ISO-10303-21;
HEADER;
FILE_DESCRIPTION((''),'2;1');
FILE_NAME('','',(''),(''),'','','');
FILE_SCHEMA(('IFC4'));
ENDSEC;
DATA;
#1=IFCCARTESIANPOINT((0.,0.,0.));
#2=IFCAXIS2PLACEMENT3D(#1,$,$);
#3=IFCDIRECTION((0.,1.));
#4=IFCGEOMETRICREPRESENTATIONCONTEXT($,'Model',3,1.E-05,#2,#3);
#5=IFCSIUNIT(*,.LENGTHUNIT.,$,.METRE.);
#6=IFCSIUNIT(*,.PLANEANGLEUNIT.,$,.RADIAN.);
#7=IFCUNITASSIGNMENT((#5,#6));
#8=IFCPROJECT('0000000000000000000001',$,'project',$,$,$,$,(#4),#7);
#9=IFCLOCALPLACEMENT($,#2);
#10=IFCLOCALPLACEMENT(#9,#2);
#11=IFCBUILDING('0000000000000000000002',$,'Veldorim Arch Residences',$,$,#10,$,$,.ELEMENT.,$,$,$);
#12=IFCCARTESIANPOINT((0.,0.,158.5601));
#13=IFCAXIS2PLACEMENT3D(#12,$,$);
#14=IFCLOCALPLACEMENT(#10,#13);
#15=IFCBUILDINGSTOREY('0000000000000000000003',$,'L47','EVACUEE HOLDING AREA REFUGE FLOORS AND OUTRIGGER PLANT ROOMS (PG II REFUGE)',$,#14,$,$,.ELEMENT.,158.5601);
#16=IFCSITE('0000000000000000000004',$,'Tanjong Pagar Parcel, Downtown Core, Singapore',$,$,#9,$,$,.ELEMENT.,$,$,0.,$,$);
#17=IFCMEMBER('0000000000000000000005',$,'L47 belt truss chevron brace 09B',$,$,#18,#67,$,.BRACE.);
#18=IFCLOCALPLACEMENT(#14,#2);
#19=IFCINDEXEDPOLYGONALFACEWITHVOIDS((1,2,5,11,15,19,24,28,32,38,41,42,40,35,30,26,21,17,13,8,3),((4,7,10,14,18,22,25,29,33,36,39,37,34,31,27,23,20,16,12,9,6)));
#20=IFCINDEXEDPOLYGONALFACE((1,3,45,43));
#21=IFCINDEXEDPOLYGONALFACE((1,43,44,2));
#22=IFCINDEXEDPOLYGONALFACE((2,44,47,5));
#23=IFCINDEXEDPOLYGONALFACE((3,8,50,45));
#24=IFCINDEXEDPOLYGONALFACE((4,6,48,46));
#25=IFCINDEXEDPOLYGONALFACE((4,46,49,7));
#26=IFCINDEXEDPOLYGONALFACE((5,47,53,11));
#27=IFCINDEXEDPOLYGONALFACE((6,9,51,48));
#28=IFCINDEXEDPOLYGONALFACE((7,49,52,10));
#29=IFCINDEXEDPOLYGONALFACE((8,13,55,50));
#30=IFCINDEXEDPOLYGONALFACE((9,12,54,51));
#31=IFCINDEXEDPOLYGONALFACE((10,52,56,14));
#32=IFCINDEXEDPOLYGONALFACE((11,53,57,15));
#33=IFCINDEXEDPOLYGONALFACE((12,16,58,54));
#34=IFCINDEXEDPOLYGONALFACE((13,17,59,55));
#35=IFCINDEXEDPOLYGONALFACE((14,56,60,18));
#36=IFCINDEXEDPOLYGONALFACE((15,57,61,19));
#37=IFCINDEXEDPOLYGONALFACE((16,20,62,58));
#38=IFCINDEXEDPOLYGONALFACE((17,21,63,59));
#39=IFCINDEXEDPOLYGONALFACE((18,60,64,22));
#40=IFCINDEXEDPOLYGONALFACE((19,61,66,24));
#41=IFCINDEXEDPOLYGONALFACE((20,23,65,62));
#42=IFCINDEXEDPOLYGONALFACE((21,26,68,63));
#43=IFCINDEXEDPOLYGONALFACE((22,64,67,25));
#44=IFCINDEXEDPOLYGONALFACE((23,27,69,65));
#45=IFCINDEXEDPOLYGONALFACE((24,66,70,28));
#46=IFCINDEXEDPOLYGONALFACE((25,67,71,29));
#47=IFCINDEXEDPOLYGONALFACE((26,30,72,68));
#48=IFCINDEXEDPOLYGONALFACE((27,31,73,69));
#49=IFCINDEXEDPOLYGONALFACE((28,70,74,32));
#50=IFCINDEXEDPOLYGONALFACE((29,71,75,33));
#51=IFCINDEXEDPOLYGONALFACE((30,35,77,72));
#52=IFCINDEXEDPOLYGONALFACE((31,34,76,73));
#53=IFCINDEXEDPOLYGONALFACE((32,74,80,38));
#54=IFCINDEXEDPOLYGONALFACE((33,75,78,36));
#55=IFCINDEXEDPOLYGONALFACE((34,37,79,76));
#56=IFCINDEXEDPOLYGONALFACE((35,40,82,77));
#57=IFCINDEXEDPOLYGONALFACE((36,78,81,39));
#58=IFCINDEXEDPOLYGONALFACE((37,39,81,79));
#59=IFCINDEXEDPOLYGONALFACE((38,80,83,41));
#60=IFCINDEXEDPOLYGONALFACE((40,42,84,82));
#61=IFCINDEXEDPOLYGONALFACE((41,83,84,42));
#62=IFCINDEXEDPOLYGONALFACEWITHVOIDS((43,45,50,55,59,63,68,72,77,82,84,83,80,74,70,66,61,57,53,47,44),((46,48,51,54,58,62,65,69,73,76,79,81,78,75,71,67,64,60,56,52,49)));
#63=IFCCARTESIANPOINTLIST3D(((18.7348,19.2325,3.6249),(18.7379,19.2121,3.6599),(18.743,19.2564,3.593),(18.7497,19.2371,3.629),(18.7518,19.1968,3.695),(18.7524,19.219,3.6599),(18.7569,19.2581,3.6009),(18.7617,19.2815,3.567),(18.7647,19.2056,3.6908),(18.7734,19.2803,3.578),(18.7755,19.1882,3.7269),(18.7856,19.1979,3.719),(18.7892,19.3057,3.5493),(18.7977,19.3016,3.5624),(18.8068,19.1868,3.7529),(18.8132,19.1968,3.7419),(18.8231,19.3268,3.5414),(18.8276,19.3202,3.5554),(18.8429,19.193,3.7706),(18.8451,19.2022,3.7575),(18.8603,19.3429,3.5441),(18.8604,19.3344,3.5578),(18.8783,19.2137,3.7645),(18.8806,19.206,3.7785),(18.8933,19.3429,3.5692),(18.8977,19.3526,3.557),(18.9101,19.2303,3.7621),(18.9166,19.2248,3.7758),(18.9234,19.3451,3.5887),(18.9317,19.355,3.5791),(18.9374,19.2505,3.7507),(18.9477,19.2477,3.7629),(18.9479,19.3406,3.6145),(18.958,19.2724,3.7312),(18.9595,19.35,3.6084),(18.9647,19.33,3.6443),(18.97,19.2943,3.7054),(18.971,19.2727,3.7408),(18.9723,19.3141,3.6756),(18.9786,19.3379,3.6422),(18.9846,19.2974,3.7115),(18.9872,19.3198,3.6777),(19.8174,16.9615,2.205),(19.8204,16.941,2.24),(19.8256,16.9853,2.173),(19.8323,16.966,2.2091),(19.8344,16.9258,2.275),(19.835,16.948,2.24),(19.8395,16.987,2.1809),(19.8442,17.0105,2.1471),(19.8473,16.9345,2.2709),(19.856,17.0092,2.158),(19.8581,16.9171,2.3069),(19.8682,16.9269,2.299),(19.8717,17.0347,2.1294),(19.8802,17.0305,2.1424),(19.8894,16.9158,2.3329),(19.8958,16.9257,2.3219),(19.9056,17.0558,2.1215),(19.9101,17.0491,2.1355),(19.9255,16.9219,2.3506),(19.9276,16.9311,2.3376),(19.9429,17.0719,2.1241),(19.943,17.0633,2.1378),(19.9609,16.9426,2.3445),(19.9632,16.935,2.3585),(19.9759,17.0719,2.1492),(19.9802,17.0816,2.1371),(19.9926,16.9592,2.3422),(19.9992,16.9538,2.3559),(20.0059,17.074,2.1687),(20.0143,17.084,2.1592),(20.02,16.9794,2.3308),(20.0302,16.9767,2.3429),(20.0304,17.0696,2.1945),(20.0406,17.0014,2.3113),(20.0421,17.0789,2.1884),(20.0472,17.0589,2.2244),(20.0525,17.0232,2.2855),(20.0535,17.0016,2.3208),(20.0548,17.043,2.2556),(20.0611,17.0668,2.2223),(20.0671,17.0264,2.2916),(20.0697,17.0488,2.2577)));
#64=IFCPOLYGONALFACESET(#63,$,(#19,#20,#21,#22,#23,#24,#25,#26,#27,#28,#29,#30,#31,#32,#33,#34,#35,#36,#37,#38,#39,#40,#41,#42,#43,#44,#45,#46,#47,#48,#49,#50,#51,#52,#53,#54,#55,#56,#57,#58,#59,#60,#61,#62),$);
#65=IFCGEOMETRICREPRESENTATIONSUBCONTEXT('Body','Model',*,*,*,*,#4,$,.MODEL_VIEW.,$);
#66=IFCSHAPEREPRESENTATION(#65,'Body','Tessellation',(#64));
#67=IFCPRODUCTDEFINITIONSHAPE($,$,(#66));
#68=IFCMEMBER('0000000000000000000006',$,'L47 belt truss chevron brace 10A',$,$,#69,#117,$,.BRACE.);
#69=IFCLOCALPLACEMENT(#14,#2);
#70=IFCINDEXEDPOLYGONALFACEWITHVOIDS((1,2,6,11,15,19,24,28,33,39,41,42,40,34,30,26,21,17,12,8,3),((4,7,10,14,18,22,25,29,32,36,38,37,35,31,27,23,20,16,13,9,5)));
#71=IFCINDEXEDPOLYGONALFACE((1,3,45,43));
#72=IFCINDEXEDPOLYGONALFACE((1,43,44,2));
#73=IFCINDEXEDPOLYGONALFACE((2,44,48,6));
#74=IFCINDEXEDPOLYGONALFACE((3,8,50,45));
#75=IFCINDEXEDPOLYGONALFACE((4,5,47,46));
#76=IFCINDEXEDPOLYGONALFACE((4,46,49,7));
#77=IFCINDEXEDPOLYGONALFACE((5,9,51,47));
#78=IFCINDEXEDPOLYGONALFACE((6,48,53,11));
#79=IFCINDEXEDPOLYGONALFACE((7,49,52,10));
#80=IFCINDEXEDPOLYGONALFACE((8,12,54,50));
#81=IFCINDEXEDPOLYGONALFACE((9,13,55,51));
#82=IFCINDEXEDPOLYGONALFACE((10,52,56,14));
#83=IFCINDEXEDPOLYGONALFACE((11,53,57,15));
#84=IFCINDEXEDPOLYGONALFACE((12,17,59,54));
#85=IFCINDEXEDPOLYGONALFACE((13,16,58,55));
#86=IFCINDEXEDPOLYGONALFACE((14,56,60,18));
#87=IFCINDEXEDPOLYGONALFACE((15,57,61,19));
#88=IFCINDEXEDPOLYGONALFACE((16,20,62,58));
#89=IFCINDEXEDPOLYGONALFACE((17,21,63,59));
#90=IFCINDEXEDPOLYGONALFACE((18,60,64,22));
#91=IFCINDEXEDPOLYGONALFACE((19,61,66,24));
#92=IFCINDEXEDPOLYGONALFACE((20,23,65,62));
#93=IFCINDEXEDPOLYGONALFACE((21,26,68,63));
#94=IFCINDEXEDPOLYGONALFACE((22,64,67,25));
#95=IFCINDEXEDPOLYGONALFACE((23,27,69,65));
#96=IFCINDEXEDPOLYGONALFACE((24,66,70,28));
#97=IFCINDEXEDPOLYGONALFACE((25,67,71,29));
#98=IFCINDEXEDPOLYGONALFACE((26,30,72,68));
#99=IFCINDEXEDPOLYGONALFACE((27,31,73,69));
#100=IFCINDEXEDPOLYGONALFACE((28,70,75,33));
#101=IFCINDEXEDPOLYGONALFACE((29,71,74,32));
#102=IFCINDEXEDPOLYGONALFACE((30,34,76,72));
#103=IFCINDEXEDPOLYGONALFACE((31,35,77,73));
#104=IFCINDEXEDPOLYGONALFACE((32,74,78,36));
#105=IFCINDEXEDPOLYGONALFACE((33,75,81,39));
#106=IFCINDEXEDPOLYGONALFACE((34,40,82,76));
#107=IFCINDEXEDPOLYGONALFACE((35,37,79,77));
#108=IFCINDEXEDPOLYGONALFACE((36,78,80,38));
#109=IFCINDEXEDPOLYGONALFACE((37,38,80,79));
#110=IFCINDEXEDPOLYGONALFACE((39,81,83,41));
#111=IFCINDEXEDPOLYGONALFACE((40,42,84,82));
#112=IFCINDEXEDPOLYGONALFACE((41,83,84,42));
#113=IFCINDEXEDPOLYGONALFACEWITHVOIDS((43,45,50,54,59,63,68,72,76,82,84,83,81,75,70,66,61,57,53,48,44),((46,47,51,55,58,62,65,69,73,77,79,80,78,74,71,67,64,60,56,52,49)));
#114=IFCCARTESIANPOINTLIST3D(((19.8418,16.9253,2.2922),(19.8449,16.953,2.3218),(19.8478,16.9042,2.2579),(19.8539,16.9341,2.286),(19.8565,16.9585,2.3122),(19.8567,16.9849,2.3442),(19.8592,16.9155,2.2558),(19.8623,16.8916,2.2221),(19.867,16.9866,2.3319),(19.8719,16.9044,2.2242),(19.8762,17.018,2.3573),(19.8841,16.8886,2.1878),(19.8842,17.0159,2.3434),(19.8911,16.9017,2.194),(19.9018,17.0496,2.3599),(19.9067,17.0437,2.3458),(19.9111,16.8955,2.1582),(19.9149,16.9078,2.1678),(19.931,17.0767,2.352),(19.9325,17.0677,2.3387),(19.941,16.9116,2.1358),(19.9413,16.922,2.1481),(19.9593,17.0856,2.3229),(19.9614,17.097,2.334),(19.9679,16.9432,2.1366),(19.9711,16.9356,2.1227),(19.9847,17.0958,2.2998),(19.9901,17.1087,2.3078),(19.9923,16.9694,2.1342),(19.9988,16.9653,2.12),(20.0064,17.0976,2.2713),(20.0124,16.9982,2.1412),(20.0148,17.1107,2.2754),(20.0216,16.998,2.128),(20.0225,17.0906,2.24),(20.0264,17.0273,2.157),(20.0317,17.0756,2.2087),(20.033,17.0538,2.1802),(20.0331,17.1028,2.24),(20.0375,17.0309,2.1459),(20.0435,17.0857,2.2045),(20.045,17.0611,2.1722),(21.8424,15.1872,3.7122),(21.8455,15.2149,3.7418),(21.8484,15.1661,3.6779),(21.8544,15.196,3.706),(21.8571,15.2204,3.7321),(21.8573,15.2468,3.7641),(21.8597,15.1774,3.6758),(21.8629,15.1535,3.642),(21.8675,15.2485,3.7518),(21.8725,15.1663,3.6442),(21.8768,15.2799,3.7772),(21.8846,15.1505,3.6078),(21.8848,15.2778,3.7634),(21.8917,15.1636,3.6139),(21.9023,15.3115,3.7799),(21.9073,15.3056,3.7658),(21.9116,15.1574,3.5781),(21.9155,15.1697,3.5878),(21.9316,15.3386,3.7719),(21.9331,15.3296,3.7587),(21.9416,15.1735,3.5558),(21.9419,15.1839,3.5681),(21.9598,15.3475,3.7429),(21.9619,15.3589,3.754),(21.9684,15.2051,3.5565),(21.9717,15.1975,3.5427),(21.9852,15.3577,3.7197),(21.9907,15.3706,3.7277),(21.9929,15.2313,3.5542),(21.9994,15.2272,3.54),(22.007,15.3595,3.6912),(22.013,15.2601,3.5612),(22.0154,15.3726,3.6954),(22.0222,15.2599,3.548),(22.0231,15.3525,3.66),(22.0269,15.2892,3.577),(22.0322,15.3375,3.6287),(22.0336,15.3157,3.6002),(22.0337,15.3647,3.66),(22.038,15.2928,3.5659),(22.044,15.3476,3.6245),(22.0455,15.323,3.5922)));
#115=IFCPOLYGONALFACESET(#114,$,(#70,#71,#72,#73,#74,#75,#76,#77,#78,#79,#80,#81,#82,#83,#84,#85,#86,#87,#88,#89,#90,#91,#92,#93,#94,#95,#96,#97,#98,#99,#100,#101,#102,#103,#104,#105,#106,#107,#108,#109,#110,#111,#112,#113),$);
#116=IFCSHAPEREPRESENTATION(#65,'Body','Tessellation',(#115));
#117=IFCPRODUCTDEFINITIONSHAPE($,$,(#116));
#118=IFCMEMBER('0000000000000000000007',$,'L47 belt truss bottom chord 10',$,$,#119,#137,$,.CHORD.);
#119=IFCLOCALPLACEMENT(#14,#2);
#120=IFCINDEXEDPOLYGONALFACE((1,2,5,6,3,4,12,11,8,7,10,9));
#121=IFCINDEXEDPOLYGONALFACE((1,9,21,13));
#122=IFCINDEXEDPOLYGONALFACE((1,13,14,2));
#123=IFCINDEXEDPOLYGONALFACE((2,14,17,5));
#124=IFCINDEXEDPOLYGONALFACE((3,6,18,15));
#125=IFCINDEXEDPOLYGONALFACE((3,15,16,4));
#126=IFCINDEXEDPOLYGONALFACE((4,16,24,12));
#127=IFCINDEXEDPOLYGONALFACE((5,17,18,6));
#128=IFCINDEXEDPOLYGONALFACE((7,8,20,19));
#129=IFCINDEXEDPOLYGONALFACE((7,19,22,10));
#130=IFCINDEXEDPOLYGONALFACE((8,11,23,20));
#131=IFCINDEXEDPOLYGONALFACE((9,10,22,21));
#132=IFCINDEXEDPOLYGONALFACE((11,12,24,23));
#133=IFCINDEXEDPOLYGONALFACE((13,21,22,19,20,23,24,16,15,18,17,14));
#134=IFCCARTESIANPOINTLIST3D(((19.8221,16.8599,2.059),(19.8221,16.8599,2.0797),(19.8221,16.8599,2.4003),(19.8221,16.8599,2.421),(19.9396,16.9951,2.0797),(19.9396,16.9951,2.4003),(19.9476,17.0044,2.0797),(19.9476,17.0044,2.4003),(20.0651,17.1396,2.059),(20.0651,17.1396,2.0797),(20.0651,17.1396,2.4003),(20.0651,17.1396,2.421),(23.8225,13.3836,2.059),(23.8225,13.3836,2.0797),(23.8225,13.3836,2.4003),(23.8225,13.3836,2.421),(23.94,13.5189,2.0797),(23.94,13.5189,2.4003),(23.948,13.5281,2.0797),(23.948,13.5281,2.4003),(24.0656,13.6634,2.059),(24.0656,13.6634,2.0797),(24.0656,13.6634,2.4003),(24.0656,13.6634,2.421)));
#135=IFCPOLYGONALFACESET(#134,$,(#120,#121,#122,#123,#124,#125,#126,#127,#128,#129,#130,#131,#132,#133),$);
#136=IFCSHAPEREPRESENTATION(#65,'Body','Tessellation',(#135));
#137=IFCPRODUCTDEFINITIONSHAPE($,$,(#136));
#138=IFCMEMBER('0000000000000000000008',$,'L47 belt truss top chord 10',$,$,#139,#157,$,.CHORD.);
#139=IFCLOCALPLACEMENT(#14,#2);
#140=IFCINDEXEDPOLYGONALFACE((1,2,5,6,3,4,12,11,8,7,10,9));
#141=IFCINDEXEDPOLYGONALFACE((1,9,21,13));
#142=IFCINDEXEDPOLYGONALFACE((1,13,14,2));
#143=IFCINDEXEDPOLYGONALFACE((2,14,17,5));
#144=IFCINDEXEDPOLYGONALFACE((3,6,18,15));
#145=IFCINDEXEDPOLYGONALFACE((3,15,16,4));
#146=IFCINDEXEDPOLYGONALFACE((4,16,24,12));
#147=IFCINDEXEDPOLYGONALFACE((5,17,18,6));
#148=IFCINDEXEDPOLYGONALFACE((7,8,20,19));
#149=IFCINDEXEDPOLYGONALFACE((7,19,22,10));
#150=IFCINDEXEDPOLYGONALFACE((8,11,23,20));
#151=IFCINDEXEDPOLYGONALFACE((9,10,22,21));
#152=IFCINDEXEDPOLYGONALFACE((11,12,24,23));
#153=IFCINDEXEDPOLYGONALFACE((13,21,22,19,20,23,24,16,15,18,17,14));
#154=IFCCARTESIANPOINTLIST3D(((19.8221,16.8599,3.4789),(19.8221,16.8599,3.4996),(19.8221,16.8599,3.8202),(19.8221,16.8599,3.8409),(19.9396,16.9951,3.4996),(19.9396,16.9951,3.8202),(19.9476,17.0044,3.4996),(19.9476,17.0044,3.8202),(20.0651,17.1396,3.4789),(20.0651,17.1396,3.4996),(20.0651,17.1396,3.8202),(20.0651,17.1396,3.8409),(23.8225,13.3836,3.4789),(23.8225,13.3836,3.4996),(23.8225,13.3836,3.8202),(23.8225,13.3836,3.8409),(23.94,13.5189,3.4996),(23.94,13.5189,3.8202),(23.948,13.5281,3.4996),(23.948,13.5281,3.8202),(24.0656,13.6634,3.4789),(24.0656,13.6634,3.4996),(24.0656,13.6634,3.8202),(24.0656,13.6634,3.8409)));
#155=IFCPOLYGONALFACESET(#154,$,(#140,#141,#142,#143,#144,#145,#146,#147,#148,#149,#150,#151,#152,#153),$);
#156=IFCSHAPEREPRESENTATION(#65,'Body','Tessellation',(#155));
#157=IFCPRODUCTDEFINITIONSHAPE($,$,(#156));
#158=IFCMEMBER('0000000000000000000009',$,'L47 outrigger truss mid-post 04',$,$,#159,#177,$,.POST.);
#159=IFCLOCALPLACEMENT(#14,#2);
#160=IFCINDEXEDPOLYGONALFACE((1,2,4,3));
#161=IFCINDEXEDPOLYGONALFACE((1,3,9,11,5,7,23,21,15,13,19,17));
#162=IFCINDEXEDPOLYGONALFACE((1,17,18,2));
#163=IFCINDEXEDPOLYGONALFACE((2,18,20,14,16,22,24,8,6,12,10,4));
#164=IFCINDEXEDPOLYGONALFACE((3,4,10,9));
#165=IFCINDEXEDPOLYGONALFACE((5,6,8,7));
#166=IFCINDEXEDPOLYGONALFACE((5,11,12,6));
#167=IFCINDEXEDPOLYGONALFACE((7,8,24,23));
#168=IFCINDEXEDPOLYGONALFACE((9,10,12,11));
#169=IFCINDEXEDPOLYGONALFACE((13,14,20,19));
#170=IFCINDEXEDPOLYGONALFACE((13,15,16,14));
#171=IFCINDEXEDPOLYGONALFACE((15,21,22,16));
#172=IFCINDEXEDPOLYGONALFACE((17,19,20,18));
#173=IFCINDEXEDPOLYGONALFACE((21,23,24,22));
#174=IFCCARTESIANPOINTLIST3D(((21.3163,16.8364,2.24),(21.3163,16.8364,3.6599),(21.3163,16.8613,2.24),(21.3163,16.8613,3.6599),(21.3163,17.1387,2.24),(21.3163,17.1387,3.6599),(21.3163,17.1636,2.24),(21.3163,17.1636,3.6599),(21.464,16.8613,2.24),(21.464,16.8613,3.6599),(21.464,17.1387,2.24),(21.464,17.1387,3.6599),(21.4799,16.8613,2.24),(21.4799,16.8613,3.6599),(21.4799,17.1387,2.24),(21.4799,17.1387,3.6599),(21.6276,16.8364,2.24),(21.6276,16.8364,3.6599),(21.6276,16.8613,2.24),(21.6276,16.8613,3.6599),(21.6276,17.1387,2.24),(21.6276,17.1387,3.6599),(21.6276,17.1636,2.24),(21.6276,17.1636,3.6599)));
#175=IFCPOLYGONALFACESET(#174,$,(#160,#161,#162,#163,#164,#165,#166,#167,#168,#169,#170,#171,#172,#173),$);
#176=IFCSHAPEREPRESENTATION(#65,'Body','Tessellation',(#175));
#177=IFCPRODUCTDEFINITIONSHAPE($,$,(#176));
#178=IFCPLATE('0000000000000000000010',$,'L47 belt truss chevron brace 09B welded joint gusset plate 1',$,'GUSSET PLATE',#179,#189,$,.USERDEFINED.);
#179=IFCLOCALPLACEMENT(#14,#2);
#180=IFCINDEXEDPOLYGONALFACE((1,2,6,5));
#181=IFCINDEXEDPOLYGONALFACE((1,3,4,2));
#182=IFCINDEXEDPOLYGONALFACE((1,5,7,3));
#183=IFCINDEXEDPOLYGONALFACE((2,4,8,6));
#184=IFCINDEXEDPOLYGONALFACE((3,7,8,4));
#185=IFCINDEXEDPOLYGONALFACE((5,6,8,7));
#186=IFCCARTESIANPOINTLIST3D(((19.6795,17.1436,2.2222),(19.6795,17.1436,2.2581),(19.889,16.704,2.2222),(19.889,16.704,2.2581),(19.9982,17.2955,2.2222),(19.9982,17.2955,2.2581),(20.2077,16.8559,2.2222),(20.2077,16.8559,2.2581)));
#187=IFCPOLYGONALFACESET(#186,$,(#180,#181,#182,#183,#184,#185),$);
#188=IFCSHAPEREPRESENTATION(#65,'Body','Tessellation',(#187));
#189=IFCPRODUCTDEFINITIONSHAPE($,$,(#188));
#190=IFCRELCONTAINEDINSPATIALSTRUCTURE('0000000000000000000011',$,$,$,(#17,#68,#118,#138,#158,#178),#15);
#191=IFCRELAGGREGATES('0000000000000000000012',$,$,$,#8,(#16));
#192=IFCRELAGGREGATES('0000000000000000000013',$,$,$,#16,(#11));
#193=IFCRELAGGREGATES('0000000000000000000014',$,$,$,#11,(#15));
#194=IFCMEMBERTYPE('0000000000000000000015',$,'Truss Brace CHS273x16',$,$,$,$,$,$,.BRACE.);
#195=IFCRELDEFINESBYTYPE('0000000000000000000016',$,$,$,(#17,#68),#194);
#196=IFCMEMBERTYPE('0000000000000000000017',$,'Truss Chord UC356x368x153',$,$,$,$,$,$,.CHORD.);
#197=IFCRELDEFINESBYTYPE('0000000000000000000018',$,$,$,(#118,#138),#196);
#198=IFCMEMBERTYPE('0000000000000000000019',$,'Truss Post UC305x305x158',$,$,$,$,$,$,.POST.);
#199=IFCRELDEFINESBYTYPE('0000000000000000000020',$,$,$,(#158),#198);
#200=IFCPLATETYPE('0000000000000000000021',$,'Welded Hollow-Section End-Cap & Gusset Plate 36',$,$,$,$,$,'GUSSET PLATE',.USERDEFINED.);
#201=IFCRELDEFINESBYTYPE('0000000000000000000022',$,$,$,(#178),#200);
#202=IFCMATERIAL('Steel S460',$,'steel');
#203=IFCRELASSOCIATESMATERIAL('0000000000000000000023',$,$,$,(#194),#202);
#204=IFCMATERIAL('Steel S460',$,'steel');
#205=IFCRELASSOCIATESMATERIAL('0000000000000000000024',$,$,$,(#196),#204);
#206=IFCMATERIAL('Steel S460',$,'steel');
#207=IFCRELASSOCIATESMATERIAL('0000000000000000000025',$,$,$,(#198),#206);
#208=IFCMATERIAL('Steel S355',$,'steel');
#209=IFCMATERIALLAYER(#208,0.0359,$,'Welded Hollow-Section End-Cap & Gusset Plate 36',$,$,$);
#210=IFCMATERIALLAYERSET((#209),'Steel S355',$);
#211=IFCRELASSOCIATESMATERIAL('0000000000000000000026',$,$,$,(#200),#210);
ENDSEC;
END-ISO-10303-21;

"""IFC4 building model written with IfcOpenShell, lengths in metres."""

from ifc_helpers import new_model, si_unit, direction, frame, origin, origin_2d, place, context, subcontext, project, spatial, rectangle, hollow_circle, i_section, extrude, material, layer, layer_set, material_profile, profile_set, type_object, element, save


model = new_model("IFC4")

# Units and contexts
model_context = context("Model", 3, precision=1e-05, world=origin(), true_north=direction((0.0, 1.0)))
body_context = subcontext(model_context, "Body", "Model", "MODEL_VIEW")
ifc_project = project(units=[si_unit("LENGTHUNIT", "METRE"), si_unit("PLANEANGLEUNIT", "RADIAN")], contexts=[model_context])

# Site, building, storey
site_placement = place(None, origin())
site = spatial("IfcSite", under=ifc_project, at=site_placement, Name="Tanjong Pagar Parcel, Downtown Core, Singapore", CompositionType="ELEMENT", RefElevation=0.0)
building_placement = place(site_placement, origin())
building = spatial("IfcBuilding", under=site, at=building_placement, Name="Veldorim Arch Residences", CompositionType="ELEMENT")
storey_placement = place(building_placement, frame((0.0, 0.0, 158.5601)))
storey = spatial("IfcBuildingStorey", under=building, at=storey_placement, Name="L47", Description="EVACUEE HOLDING AREA REFUGE FLOORS AND OUTRIGGER PLANT ROOMS (PG II REFUGE)", CompositionType="ELEMENT", Elevation=158.5601)

# Members
ifc_material_1 = material(Name="Steel S460", Category="steel")
ifc_material_profile_1 = material_profile(ifc_material_1, hollow_circle(Radius=0.1365, WallThickness=0.0161, at=origin_2d()), Name="CHS273x16")
ifc_profile_set_1 = profile_set([ifc_material_profile_1], Name="Steel S460")
member_type_1 = type_object("IfcMemberType", Name="Truss Brace CHS273x16", PredefinedType="BRACE", material=ifc_profile_set_1)
member_1_placement = place(storey_placement, frame((19.9436, 16.9998, 2.24), z_axis=(-0.374723, 0.786125, 0.491518), x_axis=(-0.902692, -0.430288, 0.0)))
element("IfcMember", 1, at=member_1_placement, inside=storey, type_object=member_type_1, Name="L47 belt truss chevron brace 09B", PredefinedType="BRACE", context=body_context, shape_type="SweptSolid", body=[
    extrude(hollow_circle(Radius=0.1365, WallThickness=0.0161, at=origin_2d()), origin(), (0.0, 0.0, 1.0), 2.8889),
])
member_2_placement = place(storey_placement, frame((19.9436, 16.9998, 2.24), z_axis=(0.665393, -0.578098, 0.472288), x_axis=(0.655852, 0.754889, 0.0)))
element("IfcMember", 2, at=member_2_placement, inside=storey, type_object=member_type_1, Name="L47 belt truss chevron brace 10A", PredefinedType="BRACE", context=body_context, shape_type="SweptSolid", body=[
    extrude(hollow_circle(Radius=0.1365, WallThickness=0.0161, at=origin_2d()), origin(), (0.0, 0.0, 1.0), 3.0066),
])
ifc_material_2 = material(Name="Steel S460", Category="steel")
ifc_material_profile_2 = material_profile(ifc_material_2, i_section(OverallWidth=0.3706, OverallDepth=0.3621, WebThickness=0.0122, FlangeThickness=0.0208, at=origin_2d()), Name="UC356x368x153")
ifc_profile_set_2 = profile_set([ifc_material_profile_2], Name="Steel S460")
member_type_2 = type_object("IfcMemberType", Name="Truss Chord UC356x368x153", PredefinedType="CHORD", material=ifc_profile_set_2)
for number, where, z_axis, x_axis, name in (
    (3, (19.9436, 16.9998, 2.24), (0.754827, -0.655924, 0.0), (0.655924, 0.754827, 0.0), "L47 belt truss bottom chord 10"),
    (4, (19.9436, 16.9998, 3.6599), (0.754827, -0.655924, 0.0), (0.655924, 0.754827, 0.0), "L47 belt truss top chord 10"),
):
    element("IfcMember", number, at=place(storey_placement, frame(where, z_axis=z_axis, x_axis=x_axis)), inside=storey, type_object=member_type_2, Name=name, PredefinedType="CHORD", context=body_context, shape_type="SweptSolid", body=[
        extrude(i_section(OverallWidth=0.3706, OverallDepth=0.3621, WebThickness=0.0122, FlangeThickness=0.0208, at=origin_2d()), origin(), (0.0, 0.0, 1.0), 5.2998),
    ])
ifc_material_3 = material(Name="Steel S460", Category="steel")
ifc_material_profile_3 = material_profile(ifc_material_3, i_section(OverallWidth=0.3113, OverallDepth=0.3271, WebThickness=0.0159, FlangeThickness=0.0249, at=origin_2d()), Name="UC305x305x158")
ifc_profile_set_3 = profile_set([ifc_material_profile_3], Name="Steel S460")
member_type_3 = type_object("IfcMemberType", Name="Truss Post UC305x305x158", PredefinedType="POST", material=ifc_profile_set_3)
member_3_placement = place(storey_placement, frame((21.4719, 17.0, 2.24), z_axis=(0.0, 0.0, 1.0), x_axis=(1.0, 0.0, 0.0)))
element("IfcMember", 5, at=member_3_placement, inside=storey, type_object=member_type_3, Name="L47 outrigger truss mid-post 04", PredefinedType="POST", context=body_context, shape_type="SweptSolid", body=[
    extrude(i_section(OverallWidth=0.3113, OverallDepth=0.3271, WebThickness=0.0159, FlangeThickness=0.0249, at=origin_2d()), origin(), (0.0, 0.0, 1.0), 1.4199),
])

# Plate
ifc_material_4 = material(Name="Steel S355", Category="steel")
ifc_layer_1 = layer(ifc_material_4, 0.0359, Name="Welded Hollow-Section End-Cap & Gusset Plate 36")
ifc_layer_set_1 = layer_set([ifc_layer_1], Name="Steel S355")
plate_type = type_object("IfcPlateType", Name="Welded Hollow-Section End-Cap & Gusset Plate 36", ElementType="GUSSET PLATE", PredefinedType="USERDEFINED", material=ifc_layer_set_1)
for number, where, z_axis, x_axis, name in (
    (6, (19.9436, 16.9998, 2.2222), (0.0, 0.0, 1.0), (-0.430275, 0.902698, 0.0), "L47 belt truss chevron brace 09B welded joint gusset plate 1"),
):
    element("IfcPlate", number, at=place(storey_placement, frame(where, z_axis=z_axis, x_axis=x_axis)), inside=storey, type_object=plate_type, Name=name, ObjectType="GUSSET PLATE", PredefinedType="USERDEFINED", context=body_context, shape_type="SweptSolid", body=[
        extrude(rectangle(XDim=0.4871, YDim=0.353, at=origin_2d()), origin(), (0.0, 0.0, 1.0), 0.0359),
    ])

save(model, "model.ifc")
